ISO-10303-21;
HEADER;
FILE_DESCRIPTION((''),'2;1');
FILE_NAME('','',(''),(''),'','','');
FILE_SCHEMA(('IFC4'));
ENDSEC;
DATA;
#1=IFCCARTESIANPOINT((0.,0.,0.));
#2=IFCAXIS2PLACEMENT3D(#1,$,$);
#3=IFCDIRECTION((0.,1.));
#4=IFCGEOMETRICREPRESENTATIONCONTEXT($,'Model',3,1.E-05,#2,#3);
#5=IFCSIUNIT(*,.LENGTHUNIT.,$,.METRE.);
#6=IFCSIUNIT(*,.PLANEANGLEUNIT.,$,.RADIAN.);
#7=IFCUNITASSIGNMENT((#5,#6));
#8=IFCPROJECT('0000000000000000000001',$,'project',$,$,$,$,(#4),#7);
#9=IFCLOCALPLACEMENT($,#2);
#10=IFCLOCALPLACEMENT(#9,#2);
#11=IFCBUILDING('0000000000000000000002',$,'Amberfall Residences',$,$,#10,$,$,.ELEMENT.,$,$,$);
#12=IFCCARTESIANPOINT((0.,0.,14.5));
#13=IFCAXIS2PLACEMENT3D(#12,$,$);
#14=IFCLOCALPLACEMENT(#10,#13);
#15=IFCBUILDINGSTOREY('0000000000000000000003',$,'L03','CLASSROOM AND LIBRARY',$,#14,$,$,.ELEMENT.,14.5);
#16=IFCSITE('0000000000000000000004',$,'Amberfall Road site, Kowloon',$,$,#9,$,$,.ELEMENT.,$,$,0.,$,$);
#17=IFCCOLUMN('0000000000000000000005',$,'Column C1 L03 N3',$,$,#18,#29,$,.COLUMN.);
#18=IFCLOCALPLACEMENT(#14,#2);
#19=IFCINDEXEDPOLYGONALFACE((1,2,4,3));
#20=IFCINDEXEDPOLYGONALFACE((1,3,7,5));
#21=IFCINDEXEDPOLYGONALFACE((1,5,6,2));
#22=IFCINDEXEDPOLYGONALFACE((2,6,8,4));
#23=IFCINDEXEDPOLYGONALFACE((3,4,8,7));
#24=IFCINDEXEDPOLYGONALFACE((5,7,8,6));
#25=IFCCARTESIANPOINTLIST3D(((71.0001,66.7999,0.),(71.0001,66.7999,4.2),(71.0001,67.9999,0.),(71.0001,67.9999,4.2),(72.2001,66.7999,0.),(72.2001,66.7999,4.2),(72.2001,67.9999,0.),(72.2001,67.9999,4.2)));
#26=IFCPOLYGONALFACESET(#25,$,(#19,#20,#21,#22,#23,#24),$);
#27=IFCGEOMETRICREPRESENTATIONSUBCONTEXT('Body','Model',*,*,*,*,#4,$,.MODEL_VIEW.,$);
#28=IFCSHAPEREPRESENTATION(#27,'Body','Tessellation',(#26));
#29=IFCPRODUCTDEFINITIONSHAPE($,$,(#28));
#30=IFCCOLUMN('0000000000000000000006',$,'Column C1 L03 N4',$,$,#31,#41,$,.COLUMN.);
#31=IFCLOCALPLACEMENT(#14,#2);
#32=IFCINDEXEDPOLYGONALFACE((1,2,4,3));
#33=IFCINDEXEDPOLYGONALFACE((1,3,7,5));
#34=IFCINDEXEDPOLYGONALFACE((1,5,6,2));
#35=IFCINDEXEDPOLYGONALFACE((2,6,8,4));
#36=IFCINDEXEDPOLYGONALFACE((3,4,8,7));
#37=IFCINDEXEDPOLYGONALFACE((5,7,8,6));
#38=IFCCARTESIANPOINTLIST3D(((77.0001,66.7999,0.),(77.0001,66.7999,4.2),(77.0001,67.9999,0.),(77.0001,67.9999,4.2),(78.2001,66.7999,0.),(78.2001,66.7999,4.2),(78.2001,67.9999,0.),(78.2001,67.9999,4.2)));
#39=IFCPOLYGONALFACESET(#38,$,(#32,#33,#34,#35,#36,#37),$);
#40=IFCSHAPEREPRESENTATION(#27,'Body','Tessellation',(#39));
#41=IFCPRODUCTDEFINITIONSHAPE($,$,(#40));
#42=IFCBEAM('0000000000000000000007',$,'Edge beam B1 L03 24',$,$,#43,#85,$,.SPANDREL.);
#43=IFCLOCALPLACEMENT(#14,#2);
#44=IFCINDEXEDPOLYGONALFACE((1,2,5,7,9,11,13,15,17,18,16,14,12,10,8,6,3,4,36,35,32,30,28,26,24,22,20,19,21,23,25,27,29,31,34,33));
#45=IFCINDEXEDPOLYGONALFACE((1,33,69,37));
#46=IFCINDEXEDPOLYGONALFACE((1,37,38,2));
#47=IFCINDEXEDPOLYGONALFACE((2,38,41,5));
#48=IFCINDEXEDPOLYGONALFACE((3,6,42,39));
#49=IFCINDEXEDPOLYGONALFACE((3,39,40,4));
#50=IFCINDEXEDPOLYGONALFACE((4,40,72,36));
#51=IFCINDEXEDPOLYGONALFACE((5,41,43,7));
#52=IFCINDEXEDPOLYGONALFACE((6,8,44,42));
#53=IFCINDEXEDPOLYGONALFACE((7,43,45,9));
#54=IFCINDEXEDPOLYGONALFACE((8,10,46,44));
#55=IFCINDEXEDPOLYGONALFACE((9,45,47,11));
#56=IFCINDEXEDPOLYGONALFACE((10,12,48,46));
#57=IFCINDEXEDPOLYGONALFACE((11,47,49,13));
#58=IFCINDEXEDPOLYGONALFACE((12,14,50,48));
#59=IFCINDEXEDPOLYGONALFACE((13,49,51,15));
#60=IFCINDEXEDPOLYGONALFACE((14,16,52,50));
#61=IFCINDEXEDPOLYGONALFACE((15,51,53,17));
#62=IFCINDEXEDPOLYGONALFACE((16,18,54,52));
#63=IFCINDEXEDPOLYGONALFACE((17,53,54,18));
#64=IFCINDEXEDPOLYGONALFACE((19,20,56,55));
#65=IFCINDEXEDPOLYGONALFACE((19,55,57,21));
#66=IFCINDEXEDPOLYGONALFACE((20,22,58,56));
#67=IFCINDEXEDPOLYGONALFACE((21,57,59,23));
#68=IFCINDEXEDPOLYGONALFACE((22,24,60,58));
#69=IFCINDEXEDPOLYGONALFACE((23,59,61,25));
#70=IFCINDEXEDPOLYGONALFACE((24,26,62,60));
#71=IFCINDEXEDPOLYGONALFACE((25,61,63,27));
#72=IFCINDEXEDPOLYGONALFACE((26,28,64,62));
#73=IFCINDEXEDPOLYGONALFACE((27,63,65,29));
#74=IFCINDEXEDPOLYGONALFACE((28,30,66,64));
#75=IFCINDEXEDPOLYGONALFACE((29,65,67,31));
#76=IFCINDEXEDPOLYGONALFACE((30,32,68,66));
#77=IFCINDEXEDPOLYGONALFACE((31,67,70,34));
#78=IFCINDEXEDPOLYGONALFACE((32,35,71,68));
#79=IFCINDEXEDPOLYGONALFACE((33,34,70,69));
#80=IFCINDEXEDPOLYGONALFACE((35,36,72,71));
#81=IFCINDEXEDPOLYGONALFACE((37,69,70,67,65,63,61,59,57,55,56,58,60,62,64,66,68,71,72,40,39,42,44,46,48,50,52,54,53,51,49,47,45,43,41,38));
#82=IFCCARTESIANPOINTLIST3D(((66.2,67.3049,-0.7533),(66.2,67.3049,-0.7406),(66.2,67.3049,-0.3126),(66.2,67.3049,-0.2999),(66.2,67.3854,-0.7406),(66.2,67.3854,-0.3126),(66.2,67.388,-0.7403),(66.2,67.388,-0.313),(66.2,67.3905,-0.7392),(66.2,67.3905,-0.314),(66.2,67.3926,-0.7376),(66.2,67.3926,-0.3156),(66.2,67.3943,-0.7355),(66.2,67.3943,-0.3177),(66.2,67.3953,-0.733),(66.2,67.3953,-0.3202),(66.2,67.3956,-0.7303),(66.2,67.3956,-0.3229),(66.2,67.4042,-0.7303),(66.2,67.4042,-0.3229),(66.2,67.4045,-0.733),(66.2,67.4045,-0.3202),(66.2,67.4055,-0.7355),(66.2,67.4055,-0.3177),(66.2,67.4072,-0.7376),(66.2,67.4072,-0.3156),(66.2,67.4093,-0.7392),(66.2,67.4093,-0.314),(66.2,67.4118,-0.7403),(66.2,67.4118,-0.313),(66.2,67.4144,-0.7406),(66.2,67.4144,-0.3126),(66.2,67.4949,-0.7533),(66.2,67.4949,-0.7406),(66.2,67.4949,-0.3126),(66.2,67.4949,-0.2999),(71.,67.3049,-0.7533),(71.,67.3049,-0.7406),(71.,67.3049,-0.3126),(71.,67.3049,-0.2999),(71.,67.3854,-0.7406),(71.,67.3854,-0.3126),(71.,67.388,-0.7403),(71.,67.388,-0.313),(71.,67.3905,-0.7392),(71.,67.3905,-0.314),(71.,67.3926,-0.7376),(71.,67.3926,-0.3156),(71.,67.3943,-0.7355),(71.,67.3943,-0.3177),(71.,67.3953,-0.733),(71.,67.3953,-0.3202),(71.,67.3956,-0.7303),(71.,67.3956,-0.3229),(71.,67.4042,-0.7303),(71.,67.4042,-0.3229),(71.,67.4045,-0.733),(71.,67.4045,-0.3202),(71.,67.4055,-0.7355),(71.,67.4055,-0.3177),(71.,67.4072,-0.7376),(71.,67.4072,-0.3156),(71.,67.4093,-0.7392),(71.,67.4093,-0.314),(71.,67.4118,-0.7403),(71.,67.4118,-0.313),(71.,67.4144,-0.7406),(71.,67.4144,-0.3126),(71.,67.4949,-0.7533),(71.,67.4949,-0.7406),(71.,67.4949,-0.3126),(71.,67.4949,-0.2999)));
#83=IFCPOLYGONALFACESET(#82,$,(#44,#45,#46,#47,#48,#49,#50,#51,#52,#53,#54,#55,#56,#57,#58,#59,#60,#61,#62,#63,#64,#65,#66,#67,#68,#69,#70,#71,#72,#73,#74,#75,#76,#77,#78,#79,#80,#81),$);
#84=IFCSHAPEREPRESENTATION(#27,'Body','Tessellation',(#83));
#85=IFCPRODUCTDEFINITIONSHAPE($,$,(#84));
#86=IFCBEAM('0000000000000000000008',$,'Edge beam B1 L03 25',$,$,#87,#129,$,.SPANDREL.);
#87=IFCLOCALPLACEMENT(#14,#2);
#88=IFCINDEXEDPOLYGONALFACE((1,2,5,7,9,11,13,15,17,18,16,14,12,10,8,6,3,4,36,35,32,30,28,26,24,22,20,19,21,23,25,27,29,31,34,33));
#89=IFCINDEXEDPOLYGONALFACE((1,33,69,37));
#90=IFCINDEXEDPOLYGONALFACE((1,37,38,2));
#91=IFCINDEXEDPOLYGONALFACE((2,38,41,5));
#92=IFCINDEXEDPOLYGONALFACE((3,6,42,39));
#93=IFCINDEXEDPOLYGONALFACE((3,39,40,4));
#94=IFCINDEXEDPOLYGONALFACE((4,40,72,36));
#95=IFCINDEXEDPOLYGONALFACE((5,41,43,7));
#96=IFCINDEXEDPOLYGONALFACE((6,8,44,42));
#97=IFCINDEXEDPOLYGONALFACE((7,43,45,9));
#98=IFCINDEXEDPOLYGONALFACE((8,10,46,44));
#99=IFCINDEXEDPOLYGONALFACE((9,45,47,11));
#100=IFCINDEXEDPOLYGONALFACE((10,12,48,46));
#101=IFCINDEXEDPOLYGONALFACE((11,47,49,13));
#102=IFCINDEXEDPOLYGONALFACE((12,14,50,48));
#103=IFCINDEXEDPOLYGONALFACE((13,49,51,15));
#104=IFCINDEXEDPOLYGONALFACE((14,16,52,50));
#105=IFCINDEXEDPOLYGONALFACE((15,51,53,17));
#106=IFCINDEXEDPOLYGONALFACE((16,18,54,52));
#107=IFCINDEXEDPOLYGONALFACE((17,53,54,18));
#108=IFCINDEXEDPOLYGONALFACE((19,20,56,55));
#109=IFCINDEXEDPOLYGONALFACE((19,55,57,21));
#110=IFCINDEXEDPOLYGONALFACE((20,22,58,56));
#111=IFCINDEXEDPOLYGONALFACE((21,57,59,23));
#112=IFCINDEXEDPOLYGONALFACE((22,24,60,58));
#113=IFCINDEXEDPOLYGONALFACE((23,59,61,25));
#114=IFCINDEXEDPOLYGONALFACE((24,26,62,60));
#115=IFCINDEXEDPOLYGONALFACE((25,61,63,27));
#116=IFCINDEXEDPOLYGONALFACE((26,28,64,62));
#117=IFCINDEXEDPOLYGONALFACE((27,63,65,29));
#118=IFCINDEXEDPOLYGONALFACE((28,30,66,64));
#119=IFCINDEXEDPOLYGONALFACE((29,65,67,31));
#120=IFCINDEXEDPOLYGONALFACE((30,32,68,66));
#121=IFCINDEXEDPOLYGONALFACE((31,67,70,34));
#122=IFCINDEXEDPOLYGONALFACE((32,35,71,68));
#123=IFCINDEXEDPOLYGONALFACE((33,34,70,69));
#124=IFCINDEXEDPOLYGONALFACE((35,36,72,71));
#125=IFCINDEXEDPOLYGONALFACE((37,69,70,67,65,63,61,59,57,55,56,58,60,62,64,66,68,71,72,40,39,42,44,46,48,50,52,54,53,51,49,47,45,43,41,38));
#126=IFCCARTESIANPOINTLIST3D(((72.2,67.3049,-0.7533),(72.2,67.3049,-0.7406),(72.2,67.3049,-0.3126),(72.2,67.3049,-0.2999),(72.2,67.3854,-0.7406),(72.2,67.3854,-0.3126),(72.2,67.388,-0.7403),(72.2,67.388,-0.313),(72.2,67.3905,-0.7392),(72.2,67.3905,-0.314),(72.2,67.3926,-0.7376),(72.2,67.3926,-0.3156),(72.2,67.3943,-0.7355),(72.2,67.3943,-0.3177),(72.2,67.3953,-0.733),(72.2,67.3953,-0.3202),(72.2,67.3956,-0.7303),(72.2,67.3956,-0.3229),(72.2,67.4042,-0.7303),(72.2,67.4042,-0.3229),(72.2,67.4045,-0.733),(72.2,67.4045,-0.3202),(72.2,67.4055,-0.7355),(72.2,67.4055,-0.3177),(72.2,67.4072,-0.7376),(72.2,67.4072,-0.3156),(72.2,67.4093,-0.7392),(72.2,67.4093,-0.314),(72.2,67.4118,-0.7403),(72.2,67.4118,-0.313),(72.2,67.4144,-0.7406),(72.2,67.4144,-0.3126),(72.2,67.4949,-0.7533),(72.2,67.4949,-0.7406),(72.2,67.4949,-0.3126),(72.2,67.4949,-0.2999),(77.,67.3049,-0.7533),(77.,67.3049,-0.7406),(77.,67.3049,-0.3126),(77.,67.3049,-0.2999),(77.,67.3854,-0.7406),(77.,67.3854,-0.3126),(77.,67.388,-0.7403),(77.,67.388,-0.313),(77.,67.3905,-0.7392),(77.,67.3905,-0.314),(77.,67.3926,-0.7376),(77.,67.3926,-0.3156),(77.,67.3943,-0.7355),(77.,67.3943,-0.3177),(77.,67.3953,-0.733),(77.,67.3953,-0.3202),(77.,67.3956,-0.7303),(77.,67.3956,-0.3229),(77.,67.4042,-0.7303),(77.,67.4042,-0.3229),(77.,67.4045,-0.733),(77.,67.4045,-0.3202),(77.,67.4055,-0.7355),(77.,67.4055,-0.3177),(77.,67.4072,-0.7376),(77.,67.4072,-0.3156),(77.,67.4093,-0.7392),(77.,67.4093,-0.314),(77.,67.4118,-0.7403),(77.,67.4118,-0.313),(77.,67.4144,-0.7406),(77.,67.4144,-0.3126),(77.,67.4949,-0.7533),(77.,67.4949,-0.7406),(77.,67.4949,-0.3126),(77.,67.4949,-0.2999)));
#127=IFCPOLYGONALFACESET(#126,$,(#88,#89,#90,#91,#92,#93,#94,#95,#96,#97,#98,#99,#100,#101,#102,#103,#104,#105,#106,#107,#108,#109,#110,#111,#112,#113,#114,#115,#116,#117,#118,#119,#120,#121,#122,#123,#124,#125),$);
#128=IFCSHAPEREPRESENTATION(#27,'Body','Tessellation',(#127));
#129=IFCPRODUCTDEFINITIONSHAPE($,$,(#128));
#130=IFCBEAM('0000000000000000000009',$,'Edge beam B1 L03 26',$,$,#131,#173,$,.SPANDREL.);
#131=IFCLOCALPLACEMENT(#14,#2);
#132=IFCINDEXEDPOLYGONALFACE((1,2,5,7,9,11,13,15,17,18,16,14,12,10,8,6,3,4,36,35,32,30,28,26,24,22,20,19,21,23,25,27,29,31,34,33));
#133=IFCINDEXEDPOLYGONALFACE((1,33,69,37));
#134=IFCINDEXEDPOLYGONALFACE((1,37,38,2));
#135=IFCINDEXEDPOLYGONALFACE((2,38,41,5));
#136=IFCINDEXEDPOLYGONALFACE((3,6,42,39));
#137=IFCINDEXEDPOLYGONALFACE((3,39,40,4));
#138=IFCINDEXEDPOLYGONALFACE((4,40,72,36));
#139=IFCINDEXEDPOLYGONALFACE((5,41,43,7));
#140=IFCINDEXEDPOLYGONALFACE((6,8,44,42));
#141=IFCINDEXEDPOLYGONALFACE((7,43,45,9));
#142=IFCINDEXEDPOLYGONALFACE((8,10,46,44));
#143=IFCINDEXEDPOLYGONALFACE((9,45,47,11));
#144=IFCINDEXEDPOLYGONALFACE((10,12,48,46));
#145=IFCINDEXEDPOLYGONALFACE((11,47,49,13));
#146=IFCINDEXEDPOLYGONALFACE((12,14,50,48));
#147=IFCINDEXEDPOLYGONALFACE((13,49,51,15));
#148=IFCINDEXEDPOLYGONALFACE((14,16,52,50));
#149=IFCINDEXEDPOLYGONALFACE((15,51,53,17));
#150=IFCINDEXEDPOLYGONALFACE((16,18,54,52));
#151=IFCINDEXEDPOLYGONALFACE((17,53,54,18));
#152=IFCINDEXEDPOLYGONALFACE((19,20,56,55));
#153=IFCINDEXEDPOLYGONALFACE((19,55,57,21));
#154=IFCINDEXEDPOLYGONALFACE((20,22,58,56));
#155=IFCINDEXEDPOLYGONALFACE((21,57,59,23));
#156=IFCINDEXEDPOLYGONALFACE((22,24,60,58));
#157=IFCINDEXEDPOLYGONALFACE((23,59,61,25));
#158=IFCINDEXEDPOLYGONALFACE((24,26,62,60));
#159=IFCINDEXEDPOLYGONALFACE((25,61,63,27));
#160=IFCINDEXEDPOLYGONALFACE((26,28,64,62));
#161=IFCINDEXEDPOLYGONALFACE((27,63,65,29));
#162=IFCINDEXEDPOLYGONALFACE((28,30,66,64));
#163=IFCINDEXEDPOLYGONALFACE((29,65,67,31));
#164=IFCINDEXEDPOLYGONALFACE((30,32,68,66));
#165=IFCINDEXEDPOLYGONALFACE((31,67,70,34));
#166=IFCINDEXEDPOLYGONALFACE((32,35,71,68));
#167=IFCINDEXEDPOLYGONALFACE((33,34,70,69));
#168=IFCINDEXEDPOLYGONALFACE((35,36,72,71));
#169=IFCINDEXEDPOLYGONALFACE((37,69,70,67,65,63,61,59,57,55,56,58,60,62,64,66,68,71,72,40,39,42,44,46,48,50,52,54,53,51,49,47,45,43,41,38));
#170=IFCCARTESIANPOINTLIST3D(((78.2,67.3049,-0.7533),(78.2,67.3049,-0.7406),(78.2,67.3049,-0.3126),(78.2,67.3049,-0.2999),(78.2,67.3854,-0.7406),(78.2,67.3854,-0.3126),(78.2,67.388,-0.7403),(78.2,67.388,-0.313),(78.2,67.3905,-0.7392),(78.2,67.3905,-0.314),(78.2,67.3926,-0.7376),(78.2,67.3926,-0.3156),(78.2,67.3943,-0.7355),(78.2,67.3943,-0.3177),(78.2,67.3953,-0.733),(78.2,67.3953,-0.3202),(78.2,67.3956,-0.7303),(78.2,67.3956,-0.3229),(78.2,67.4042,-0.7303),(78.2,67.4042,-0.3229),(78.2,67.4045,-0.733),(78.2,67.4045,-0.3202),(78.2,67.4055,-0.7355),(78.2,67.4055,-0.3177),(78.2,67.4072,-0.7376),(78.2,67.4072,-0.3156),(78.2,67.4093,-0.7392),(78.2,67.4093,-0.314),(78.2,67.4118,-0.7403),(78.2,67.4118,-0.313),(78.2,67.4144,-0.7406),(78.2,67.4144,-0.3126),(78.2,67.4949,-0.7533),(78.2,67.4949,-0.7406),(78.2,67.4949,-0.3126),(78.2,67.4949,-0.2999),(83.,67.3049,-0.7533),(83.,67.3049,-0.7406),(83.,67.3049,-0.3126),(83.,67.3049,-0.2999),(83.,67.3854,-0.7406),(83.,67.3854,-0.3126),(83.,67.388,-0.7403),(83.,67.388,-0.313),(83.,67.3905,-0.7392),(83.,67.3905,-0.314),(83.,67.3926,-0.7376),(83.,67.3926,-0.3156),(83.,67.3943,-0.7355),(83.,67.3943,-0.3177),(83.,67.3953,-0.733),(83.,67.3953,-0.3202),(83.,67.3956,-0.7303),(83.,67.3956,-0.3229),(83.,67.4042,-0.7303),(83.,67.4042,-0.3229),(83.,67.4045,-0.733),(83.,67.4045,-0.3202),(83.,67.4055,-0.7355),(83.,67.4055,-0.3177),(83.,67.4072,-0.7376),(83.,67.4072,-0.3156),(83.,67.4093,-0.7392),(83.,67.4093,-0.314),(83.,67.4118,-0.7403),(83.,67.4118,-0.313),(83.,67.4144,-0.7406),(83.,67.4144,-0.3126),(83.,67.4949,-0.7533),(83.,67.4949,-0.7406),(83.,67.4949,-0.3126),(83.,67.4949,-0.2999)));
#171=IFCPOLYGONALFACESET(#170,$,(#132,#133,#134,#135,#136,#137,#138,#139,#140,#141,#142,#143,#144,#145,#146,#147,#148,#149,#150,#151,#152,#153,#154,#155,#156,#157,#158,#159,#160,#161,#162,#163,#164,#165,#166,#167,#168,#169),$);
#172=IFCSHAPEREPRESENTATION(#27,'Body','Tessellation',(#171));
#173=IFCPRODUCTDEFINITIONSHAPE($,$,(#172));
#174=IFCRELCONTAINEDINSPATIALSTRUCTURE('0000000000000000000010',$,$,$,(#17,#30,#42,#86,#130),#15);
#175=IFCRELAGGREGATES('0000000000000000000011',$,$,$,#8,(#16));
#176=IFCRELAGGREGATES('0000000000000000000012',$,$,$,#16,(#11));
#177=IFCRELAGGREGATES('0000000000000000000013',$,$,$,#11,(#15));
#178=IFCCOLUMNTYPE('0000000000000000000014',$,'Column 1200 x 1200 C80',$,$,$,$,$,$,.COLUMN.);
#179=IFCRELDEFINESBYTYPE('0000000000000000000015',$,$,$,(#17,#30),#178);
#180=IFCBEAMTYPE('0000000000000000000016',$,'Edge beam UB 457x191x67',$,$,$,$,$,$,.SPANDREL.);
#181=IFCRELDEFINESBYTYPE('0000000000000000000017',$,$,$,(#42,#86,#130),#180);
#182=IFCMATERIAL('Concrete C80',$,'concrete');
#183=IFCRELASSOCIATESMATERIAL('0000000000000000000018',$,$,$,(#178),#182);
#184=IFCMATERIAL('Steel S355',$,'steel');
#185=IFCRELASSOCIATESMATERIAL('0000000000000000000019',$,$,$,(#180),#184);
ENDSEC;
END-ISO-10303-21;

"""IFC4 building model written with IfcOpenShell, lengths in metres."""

from ifc_helpers import new_model, si_unit, direction, frame, origin, origin_2d, place, context, subcontext, project, spatial, rectangle, i_section, extrude, material, material_profile, profile_set, type_object, element, save


model = new_model("IFC4")

# Units and contexts
model_context = context("Model", 3, precision=1e-05, world=origin(), true_north=direction((0.0, 1.0)))
body_context = subcontext(model_context, "Body", "Model", "MODEL_VIEW")
ifc_project = project(units=[si_unit("LENGTHUNIT", "METRE"), si_unit("PLANEANGLEUNIT", "RADIAN")], contexts=[model_context])

# Site, building, storey
site_placement = place(None, origin())
site = spatial("IfcSite", under=ifc_project, at=site_placement, Name="Amberfall Road site, Kowloon", CompositionType="ELEMENT", RefElevation=0.0)
building_placement = place(site_placement, origin())
building = spatial("IfcBuilding", under=site, at=building_placement, Name="Amberfall Residences", CompositionType="ELEMENT")
storey_placement = place(building_placement, frame((0.0, 0.0, 14.5)))
storey = spatial("IfcBuildingStorey", under=building, at=storey_placement, Name="L03", Description="CLASSROOM AND LIBRARY", CompositionType="ELEMENT", Elevation=14.5)

# Columns
ifc_material_1 = material(Name="Concrete C80", Category="concrete")
ifc_material_profile_1 = material_profile(ifc_material_1, rectangle(XDim=1.2, YDim=1.2, at=origin_2d()), Name="Column 1200 x 1200 C80")
ifc_profile_set_1 = profile_set([ifc_material_profile_1], Name="Concrete C80")
column_type = type_object("IfcColumnType", Name="Column 1200 x 1200 C80", PredefinedType="COLUMN", material=ifc_profile_set_1)
for number, where, z_axis, x_axis, name in (
    (1, (71.6001, 67.3999, 0.0), (0.0, 0.0, 1.0), (1.0, 0.0, 0.0), "Column C1 L03 N3"),
    (2, (77.6001, 67.3999, 0.0), (0.0, 0.0, 1.0), (1.0, 0.0, 0.0), "Column C1 L03 N4"),
):
    element("IfcColumn", number, at=place(storey_placement, frame(where, z_axis=z_axis, x_axis=x_axis)), inside=storey, type_object=column_type, Name=name, PredefinedType="COLUMN", context=body_context, shape_type="SweptSolid", body=[
        extrude(rectangle(XDim=1.2, YDim=1.2, at=origin_2d()), origin(), (0.0, 0.0, 1.0), 4.2),
    ])

# Beams
ifc_material_2 = material(Name="Steel S355", Category="steel")
ifc_material_profile_2 = material_profile(ifc_material_2, i_section(OverallWidth=0.1899, OverallDepth=0.4534, WebThickness=0.0085, FlangeThickness=0.0127, FilletRadius=0.0103, at=origin_2d()), Name="UB 457x191x67")
ifc_profile_set_2 = profile_set([ifc_material_profile_2], Name="Steel S355")
beam_type_1 = type_object("IfcBeamType", Name="Edge beam UB 457x191x67", PredefinedType="SPANDREL", material=ifc_profile_set_2)
for number, where, z_axis, x_axis, name in (
    (3, (66.2, 67.3999, -0.5266), (1.0, 0.0, 0.0), (0.0, 1.0, 0.0), "Edge beam B1 L03 24"),
    (4, (72.2, 67.3999, -0.5266), (1.0, 0.0, 0.0), (0.0, 1.0, 0.0), "Edge beam B1 L03 25"),
    (5, (78.2, 67.3999, -0.5266), (1.0, 0.0, 0.0), (0.0, 1.0, 0.0), "Edge beam B1 L03 26"),
):
    element("IfcBeam", number, at=place(storey_placement, frame(where, z_axis=z_axis, x_axis=x_axis)), inside=storey, type_object=beam_type_1, Name=name, PredefinedType="SPANDREL", context=body_context, shape_type="SweptSolid", body=[
        extrude(i_section(OverallWidth=0.1899, OverallDepth=0.4534, WebThickness=0.0085, FlangeThickness=0.0127, FilletRadius=0.0103, at=origin_2d()), origin(), (0.0, 0.0, 1.0), 4.8),
    ])

save(model, "model.ifc")
